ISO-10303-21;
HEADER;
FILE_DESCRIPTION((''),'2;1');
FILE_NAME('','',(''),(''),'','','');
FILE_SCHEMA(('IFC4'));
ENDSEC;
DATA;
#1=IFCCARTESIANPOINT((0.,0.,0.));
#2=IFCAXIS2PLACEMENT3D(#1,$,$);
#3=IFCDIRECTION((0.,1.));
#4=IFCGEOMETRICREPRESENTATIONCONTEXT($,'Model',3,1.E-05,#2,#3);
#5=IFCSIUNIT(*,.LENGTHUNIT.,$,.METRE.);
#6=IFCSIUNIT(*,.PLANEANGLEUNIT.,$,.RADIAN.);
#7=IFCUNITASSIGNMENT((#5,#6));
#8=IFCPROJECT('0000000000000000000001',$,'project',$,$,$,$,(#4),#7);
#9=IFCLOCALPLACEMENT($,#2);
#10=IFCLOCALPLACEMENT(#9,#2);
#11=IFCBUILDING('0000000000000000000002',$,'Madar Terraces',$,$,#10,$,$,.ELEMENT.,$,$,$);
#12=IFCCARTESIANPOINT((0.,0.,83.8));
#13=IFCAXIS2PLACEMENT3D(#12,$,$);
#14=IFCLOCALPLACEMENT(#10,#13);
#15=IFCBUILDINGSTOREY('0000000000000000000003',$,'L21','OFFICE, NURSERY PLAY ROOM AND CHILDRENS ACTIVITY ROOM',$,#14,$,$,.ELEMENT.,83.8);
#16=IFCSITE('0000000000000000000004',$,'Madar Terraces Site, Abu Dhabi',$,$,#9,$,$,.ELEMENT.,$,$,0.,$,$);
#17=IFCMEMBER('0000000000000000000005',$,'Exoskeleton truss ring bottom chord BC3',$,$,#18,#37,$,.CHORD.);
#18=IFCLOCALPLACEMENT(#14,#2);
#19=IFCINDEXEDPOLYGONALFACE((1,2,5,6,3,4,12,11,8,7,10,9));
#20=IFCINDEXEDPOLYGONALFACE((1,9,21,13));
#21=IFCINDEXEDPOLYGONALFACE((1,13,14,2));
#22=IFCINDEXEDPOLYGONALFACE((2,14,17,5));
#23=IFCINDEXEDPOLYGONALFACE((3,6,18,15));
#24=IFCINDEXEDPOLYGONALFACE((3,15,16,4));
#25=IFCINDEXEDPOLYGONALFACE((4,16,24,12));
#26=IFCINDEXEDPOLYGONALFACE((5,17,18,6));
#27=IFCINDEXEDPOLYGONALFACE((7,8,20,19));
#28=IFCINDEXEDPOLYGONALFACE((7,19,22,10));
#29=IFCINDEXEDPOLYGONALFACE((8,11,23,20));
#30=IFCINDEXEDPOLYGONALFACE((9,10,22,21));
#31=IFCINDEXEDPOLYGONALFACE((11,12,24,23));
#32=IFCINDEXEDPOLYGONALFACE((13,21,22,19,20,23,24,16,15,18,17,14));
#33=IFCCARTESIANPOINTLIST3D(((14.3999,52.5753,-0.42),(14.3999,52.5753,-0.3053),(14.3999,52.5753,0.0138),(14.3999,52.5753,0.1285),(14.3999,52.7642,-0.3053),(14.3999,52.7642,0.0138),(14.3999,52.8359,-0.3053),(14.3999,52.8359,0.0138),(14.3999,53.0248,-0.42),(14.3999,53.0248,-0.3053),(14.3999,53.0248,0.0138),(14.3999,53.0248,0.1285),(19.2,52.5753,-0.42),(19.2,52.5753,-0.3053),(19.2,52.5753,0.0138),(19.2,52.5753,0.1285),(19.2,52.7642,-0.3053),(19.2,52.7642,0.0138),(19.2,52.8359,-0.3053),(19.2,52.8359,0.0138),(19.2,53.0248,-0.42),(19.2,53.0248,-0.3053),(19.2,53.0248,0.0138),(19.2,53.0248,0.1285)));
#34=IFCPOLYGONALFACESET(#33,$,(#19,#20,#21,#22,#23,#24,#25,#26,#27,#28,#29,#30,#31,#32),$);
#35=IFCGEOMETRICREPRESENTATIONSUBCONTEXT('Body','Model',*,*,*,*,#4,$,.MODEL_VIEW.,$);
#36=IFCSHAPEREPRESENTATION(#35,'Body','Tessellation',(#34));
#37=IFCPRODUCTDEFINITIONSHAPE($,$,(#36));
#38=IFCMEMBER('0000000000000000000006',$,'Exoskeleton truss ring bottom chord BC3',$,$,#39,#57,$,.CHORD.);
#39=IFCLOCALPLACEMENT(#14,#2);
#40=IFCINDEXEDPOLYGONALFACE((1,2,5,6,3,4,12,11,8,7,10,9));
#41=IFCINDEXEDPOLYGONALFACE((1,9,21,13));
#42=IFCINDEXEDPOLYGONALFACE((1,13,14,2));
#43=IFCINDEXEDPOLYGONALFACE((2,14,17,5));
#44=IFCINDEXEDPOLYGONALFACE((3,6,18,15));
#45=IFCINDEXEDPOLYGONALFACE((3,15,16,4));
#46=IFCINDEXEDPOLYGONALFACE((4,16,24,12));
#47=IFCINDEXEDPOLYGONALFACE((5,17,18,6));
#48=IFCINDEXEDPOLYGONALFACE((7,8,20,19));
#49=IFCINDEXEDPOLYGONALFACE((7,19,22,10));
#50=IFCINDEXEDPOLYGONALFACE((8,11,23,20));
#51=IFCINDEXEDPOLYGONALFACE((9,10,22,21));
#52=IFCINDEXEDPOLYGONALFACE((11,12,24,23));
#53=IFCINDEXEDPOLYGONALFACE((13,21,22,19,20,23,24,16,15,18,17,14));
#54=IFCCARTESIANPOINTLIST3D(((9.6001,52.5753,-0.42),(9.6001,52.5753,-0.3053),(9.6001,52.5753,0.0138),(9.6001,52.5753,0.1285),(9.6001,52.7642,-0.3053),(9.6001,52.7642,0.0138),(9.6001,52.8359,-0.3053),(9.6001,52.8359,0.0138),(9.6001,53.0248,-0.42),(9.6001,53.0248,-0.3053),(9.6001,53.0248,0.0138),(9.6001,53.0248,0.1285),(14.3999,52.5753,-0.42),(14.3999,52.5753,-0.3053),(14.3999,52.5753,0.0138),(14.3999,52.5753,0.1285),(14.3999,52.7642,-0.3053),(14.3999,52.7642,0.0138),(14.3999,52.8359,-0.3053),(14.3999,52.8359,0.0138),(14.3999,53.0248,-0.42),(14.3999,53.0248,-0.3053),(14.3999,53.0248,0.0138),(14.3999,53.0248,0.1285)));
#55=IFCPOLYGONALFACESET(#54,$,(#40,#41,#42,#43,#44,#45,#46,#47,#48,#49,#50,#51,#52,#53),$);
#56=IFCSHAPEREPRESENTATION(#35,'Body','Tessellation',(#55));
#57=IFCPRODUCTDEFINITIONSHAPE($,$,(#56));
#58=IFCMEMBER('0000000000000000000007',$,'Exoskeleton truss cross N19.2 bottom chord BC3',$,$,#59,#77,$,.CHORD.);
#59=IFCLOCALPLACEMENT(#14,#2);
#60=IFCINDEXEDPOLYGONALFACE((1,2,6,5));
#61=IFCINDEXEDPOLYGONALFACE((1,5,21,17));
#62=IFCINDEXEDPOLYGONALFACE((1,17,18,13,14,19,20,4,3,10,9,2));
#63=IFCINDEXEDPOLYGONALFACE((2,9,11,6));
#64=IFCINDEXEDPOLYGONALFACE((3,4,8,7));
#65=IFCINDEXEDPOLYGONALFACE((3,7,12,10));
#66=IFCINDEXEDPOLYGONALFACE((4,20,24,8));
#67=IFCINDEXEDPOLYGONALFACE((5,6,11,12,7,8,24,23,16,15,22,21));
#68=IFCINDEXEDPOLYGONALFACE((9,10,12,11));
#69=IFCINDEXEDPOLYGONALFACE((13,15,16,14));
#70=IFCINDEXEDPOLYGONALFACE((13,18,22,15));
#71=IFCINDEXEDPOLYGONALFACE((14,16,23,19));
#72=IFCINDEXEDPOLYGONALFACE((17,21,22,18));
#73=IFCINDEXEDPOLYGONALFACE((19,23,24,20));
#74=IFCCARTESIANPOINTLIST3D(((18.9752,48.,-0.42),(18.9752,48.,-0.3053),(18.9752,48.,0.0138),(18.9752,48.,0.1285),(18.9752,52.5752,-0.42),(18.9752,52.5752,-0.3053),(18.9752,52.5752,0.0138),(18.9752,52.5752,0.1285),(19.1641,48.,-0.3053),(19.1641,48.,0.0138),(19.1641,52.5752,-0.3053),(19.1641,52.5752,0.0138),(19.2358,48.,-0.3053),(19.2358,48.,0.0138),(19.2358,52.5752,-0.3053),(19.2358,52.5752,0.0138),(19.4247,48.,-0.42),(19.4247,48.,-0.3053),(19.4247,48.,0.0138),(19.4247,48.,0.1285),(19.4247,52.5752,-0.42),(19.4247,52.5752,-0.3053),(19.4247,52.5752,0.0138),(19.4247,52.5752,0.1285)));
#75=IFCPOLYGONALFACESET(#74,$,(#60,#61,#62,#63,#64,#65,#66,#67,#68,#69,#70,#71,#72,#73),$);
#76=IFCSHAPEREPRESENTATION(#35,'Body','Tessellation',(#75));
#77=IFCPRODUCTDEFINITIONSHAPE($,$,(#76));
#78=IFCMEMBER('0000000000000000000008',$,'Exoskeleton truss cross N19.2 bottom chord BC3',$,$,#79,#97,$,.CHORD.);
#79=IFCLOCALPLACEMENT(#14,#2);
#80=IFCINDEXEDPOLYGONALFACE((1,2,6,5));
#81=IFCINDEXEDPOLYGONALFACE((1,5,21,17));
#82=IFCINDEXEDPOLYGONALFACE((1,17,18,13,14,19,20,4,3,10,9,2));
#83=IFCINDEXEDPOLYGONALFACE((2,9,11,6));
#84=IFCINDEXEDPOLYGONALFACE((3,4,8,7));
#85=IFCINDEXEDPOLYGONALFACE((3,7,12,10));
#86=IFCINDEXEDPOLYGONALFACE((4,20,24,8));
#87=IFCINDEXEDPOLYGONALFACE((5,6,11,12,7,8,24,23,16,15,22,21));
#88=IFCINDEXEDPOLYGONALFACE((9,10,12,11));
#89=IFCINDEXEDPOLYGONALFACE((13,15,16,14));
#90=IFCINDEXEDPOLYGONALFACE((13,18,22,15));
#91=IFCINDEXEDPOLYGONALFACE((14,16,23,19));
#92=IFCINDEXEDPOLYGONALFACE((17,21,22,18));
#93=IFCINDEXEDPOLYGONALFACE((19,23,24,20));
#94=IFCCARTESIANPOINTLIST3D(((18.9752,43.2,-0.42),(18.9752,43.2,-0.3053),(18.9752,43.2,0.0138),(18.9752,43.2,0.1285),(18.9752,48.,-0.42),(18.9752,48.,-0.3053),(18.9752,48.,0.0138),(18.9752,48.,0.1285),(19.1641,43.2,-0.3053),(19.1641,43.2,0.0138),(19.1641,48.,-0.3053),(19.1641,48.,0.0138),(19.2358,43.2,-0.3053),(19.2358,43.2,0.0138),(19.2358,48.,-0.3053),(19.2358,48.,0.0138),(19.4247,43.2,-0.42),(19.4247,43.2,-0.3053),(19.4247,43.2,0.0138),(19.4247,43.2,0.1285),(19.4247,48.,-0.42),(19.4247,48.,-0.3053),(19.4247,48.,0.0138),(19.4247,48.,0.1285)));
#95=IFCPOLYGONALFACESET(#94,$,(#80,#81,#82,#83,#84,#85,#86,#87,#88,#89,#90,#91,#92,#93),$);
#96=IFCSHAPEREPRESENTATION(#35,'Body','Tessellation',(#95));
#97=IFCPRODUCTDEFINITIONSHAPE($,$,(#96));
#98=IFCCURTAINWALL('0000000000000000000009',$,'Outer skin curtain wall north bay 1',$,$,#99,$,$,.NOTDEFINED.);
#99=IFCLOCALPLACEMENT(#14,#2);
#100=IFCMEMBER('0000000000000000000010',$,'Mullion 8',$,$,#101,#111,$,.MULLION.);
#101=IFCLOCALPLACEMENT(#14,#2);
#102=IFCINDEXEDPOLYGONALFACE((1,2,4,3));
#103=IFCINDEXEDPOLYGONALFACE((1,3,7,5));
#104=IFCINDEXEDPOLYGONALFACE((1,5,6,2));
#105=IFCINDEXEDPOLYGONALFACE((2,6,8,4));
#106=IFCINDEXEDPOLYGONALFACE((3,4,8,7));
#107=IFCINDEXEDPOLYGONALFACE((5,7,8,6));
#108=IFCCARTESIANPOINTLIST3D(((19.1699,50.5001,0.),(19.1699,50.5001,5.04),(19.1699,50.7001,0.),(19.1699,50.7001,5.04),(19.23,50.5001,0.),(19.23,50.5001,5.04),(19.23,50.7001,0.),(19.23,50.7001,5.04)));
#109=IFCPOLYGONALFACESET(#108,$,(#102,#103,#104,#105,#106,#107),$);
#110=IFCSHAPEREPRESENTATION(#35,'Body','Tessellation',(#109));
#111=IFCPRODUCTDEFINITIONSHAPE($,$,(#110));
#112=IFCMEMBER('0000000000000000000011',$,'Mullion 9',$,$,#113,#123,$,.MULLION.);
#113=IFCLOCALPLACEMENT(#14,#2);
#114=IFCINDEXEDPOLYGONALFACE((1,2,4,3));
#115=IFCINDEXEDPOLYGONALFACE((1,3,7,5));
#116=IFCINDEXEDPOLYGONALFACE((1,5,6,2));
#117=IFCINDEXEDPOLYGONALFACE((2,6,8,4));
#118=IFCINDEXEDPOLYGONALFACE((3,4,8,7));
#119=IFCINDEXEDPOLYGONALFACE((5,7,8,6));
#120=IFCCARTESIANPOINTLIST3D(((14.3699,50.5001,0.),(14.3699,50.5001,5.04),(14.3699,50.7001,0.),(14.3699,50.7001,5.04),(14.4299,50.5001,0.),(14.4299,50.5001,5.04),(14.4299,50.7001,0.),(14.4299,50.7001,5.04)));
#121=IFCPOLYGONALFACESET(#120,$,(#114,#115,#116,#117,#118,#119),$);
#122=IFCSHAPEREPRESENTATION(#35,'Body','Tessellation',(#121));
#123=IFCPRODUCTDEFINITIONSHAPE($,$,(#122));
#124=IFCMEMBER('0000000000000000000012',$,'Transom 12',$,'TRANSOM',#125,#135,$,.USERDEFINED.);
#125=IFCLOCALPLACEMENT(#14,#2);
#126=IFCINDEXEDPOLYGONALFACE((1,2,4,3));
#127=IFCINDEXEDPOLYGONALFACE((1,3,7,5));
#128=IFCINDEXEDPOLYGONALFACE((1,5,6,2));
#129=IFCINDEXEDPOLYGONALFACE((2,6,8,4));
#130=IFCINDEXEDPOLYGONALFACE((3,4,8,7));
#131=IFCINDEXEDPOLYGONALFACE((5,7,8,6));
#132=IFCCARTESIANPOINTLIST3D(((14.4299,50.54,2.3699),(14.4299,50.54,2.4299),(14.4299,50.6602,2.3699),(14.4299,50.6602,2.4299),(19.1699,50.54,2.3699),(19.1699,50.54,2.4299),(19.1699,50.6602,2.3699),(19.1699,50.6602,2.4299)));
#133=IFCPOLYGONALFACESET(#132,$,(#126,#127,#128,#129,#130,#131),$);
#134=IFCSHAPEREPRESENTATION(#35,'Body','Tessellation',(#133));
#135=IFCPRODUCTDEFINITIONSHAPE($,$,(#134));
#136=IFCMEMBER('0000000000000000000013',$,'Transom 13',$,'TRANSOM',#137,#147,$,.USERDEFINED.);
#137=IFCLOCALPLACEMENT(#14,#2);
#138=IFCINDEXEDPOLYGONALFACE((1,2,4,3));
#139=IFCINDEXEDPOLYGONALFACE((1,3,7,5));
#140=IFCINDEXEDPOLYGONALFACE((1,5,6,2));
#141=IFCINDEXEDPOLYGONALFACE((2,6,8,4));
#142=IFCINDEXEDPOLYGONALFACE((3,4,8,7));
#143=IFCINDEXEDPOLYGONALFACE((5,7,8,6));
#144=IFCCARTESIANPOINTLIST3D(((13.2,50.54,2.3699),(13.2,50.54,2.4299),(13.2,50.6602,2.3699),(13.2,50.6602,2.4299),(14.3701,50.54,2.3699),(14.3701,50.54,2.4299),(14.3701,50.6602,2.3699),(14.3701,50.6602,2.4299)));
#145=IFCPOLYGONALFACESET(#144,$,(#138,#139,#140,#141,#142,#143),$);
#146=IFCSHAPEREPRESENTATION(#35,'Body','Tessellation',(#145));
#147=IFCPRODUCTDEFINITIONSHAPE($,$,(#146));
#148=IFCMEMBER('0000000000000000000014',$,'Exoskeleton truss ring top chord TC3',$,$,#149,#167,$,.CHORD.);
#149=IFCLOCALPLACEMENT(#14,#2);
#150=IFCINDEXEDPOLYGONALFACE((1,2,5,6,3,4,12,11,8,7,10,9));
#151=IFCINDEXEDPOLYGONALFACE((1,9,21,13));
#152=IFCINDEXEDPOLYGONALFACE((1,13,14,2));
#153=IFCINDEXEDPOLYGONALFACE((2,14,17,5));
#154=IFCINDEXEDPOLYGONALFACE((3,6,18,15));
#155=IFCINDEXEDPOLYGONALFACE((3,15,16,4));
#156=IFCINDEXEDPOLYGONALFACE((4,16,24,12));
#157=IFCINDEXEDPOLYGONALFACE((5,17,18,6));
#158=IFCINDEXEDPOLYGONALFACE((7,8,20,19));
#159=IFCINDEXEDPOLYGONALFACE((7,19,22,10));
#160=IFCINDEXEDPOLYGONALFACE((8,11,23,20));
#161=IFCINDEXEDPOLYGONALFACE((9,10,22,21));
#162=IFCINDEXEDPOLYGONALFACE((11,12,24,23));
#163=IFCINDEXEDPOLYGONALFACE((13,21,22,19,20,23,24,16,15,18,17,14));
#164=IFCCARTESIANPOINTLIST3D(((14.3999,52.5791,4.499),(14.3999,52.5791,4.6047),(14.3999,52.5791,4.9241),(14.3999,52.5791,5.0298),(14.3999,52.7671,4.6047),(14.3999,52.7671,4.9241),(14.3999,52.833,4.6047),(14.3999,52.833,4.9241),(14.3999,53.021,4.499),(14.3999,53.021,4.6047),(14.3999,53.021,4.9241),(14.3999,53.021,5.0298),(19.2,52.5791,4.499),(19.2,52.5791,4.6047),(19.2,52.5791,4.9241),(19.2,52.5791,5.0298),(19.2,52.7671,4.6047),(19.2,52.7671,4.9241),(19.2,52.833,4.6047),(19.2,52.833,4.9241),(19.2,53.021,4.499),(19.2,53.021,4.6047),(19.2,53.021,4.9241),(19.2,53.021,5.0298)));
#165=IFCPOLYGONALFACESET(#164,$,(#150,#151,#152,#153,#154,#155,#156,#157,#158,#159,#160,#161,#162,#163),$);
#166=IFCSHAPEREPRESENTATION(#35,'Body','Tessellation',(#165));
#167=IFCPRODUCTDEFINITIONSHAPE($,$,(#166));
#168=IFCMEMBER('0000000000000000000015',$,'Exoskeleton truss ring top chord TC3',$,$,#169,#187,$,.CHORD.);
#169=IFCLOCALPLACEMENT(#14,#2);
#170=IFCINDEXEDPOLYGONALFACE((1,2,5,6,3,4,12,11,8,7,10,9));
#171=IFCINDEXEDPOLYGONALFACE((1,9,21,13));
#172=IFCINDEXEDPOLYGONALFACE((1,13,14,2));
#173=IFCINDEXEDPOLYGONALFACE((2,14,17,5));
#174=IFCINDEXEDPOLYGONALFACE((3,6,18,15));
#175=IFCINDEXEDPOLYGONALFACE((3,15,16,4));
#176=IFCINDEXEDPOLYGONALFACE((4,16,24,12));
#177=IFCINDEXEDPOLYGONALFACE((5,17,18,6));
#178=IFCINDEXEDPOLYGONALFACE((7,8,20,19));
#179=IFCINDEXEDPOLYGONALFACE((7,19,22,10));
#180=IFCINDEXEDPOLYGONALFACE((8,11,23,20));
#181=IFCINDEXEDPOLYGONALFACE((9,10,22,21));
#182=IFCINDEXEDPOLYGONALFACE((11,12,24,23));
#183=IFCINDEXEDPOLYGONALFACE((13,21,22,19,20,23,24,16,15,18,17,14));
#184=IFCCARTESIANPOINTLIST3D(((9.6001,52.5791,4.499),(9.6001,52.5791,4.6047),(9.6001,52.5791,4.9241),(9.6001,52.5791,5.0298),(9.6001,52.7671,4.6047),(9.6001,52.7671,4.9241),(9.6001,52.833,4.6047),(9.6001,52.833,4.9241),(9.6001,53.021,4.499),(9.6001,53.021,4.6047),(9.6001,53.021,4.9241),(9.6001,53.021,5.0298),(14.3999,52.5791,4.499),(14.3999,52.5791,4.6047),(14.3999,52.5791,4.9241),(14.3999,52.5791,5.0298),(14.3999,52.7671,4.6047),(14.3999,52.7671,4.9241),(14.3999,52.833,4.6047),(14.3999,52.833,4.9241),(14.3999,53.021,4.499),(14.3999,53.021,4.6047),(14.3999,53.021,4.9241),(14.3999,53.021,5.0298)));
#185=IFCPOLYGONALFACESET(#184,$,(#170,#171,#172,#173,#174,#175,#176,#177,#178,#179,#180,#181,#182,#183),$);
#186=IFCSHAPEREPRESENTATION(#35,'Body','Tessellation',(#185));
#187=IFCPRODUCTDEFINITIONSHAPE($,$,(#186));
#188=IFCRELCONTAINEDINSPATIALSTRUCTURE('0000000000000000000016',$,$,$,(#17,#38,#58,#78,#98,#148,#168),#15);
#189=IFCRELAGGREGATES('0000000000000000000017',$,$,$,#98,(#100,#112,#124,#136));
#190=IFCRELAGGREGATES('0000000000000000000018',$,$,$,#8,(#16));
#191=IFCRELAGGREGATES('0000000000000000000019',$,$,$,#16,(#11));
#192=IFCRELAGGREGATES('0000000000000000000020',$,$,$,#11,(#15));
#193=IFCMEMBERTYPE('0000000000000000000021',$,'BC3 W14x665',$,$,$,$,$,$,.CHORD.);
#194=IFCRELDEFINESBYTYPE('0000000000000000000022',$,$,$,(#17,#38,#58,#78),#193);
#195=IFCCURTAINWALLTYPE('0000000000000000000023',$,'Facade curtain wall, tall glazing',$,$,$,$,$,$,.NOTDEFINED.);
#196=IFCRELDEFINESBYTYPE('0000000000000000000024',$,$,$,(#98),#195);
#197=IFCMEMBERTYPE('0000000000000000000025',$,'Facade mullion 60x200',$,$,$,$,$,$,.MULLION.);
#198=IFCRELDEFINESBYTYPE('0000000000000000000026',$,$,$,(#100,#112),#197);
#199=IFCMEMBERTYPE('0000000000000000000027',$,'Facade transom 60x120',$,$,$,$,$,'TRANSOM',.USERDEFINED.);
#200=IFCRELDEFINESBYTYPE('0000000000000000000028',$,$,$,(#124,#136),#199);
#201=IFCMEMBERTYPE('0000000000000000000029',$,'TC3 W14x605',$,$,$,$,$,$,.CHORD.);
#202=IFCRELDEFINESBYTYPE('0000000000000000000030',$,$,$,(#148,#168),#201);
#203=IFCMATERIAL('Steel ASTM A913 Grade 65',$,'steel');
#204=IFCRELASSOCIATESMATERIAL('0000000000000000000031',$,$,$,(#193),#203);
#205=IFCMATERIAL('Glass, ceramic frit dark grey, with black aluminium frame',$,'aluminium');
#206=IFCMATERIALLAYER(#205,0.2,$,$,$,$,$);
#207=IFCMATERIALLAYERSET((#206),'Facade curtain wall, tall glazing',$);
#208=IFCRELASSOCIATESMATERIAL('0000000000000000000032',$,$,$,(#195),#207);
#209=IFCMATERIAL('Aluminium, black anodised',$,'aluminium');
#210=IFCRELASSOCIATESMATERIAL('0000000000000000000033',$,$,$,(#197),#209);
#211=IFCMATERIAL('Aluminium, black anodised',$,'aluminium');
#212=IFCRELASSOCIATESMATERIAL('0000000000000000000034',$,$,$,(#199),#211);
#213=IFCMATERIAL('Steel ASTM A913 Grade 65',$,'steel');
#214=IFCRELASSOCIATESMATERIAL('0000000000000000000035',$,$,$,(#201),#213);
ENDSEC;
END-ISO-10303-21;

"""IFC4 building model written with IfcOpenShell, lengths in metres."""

from ifc_helpers import new_model, si_unit, direction, frame, origin, origin_2d, place, context, subcontext, project, spatial, rectangle, i_section, extrude, material, layer, layer_set, material_profile, profile_set, type_object, element, aggregate, save


model = new_model("IFC4")

# Units and contexts
model_context = context("Model", 3, precision=1e-05, world=origin(), true_north=direction((0.0, 1.0)))
body_context = subcontext(model_context, "Body", "Model", "MODEL_VIEW")
ifc_project = project(units=[si_unit("LENGTHUNIT", "METRE"), si_unit("PLANEANGLEUNIT", "RADIAN")], contexts=[model_context])

# Site, building, storey
site_placement = place(None, origin())
site = spatial("IfcSite", under=ifc_project, at=site_placement, Name="Madar Terraces Site, Abu Dhabi", CompositionType="ELEMENT", RefElevation=0.0)
building_placement = place(site_placement, origin())
building = spatial("IfcBuilding", under=site, at=building_placement, Name="Madar Terraces", CompositionType="ELEMENT")
storey_placement = place(building_placement, frame((0.0, 0.0, 83.8)))
storey = spatial("IfcBuildingStorey", under=building, at=storey_placement, Name="L21", Description="OFFICE, NURSERY PLAY ROOM AND CHILDRENS ACTIVITY ROOM", CompositionType="ELEMENT", Elevation=83.8)

# Members
ifc_material_1 = material(Name="Steel ASTM A913 Grade 65", Category="steel")
ifc_material_profile_1 = material_profile(ifc_material_1, i_section(OverallWidth=0.4495, OverallDepth=0.5486, WebThickness=0.0718, FlangeThickness=0.1147, at=origin_2d()), Name="W14x665")
ifc_profile_set_1 = profile_set([ifc_material_profile_1], Name="Steel ASTM A913 Grade 65")
member_type_1 = type_object("IfcMemberType", Name="BC3 W14x665", PredefinedType="CHORD", material=ifc_profile_set_1)
member_1_placement = place(storey_placement, frame((19.2, 52.8, -0.1458), z_axis=(-1.0, 0.0, 0.0), x_axis=(0.0, -1.0, 0.0)))
element("IfcMember", 1, at=member_1_placement, inside=storey, type_object=member_type_1, Name="Exoskeleton truss ring bottom chord BC3", PredefinedType="CHORD", context=body_context, shape_type="SweptSolid", body=[
    extrude(i_section(OverallWidth=0.4495, OverallDepth=0.5486, WebThickness=0.0718, FlangeThickness=0.1147, at=origin_2d()), origin(), (0.0, 0.0, 1.0), 4.8),
])
member_2_placement = place(storey_placement, frame((14.3999, 52.8, -0.1458), z_axis=(-1.0, 0.0, 0.0), x_axis=(0.0, -1.0, 0.0)))
element("IfcMember", 2, at=member_2_placement, inside=storey, type_object=member_type_1, Name="Exoskeleton truss ring bottom chord BC3", PredefinedType="CHORD", context=body_context, shape_type="SweptSolid", body=[
    extrude(i_section(OverallWidth=0.4495, OverallDepth=0.5486, WebThickness=0.0718, FlangeThickness=0.1147, at=origin_2d()), origin(), (0.0, 0.0, 1.0), 4.7998),
])
member_3_placement = place(storey_placement, frame((19.2, 52.5752, -0.1458), z_axis=(0.0, -1.0, 0.0), x_axis=(1.0, 0.0, 0.0)))
element("IfcMember", 3, at=member_3_placement, inside=storey, type_object=member_type_1, Name="Exoskeleton truss cross N19.2 bottom chord BC3", PredefinedType="CHORD", context=body_context, shape_type="SweptSolid", body=[
    extrude(i_section(OverallWidth=0.4495, OverallDepth=0.5486, WebThickness=0.0718, FlangeThickness=0.1147, at=origin_2d()), origin(), (0.0, 0.0, 1.0), 4.5752),
])
member_4_placement = place(storey_placement, frame((19.2, 48.0, -0.1458), z_axis=(0.0, -1.0, 0.0), x_axis=(1.0, 0.0, 0.0)))
element("IfcMember", 4, at=member_4_placement, inside=storey, type_object=member_type_1, Name="Exoskeleton truss cross N19.2 bottom chord BC3", PredefinedType="CHORD", context=body_context, shape_type="SweptSolid", body=[
    extrude(i_section(OverallWidth=0.4495, OverallDepth=0.5486, WebThickness=0.0718, FlangeThickness=0.1147, at=origin_2d()), origin(), (0.0, 0.0, 1.0), 4.8),
])

# Curtain wall, members
ifc_material_2 = material(Name="Glass, ceramic frit dark grey, with black aluminium frame", Category="aluminium")
ifc_layer_1 = layer(ifc_material_2, 0.2)
ifc_layer_set_1 = layer_set([ifc_layer_1], Name="Facade curtain wall, tall glazing")
curtain_wall_type = type_object("IfcCurtainWallType", Name="Facade curtain wall, tall glazing", PredefinedType="NOTDEFINED", material=ifc_layer_set_1)
curtain_wall_placement = place(storey_placement, origin())
curtain_wall = element("IfcCurtainWall", 5, at=curtain_wall_placement, inside=storey, type_object=curtain_wall_type, Name="Outer skin curtain wall north bay 1", PredefinedType="NOTDEFINED")
ifc_material_3 = material(Name="Aluminium, black anodised", Category="aluminium")
ifc_material_profile_2 = material_profile(ifc_material_3, rectangle(XDim=0.2, YDim=0.0601, at=origin_2d()), Name="Facade mullion 60x200")
ifc_profile_set_2 = profile_set([ifc_material_profile_2], Name="Aluminium, black anodised")
member_type_2 = type_object("IfcMemberType", Name="Facade mullion 60x200", PredefinedType="MULLION", material=ifc_profile_set_2)
member_5_placement = place(storey_placement, frame((19.2, 50.6001, 0.0), z_axis=(0.0, 0.0, 1.0), x_axis=(0.0, -1.0, 0.0)))
member_5 = element("IfcMember", 6, at=member_5_placement, type_object=member_type_2, Name="Mullion 8", PredefinedType="MULLION", context=body_context, shape_type="SweptSolid", body=[
    extrude(rectangle(XDim=0.2, YDim=0.0601, at=origin_2d()), origin(), (0.0, 0.0, 1.0), 5.04),
])
member_6_placement = place(storey_placement, frame((14.3999, 50.6001, 0.0), z_axis=(0.0, 0.0, 1.0), x_axis=(0.0, -1.0, 0.0)))
member_6 = element("IfcMember", 7, at=member_6_placement, type_object=member_type_2, Name="Mullion 9", PredefinedType="MULLION", context=body_context, shape_type="SweptSolid", body=[
    extrude(rectangle(XDim=0.2, YDim=0.0601, at=origin_2d()), origin(), (0.0, 0.0, 1.0), 5.04),
])
ifc_material_4 = material(Name="Aluminium, black anodised", Category="aluminium")
ifc_material_profile_3 = material_profile(ifc_material_4, rectangle(XDim=0.1201, YDim=0.0601, at=origin_2d()), Name="Facade transom 60x120")
ifc_profile_set_3 = profile_set([ifc_material_profile_3], Name="Aluminium, black anodised")
member_type_3 = type_object("IfcMemberType", Name="Facade transom 60x120", ElementType="TRANSOM", PredefinedType="USERDEFINED", material=ifc_profile_set_3)
member_7_placement = place(storey_placement, frame((19.1699, 50.6001, 2.3999), z_axis=(-1.0, 0.0, 0.0), x_axis=(0.0, -1.0, 0.0)))
member_7 = element("IfcMember", 8, at=member_7_placement, type_object=member_type_3, Name="Transom 12", ObjectType="TRANSOM", PredefinedType="USERDEFINED", context=body_context, shape_type="SweptSolid", body=[
    extrude(rectangle(XDim=0.1201, YDim=0.0601, at=origin_2d()), origin(), (0.0, 0.0, 1.0), 4.74),
])
member_8_placement = place(storey_placement, frame((14.3701, 50.6001, 2.3999), z_axis=(-1.0, 0.0, 0.0), x_axis=(0.0, -1.0, 0.0)))
member_8 = element("IfcMember", 9, at=member_8_placement, type_object=member_type_3, Name="Transom 13", ObjectType="TRANSOM", PredefinedType="USERDEFINED", context=body_context, shape_type="SweptSolid", body=[
    extrude(rectangle(XDim=0.1201, YDim=0.0601, at=origin_2d()), origin(), (0.0, 0.0, 1.0), 1.1702),
])

# Members
ifc_material_5 = material(Name="Steel ASTM A913 Grade 65", Category="steel")
ifc_material_profile_4 = material_profile(ifc_material_5, i_section(OverallWidth=0.4419, OverallDepth=0.5308, WebThickness=0.0659, FlangeThickness=0.1057, at=origin_2d()), Name="W14x605")
ifc_profile_set_4 = profile_set([ifc_material_profile_4], Name="Steel ASTM A913 Grade 65")
member_type_4 = type_object("IfcMemberType", Name="TC3 W14x605", PredefinedType="CHORD", material=ifc_profile_set_4)
member_9_placement = place(storey_placement, frame((19.2, 52.8, 4.7644), z_axis=(-1.0, 0.0, 0.0), x_axis=(0.0, -1.0, 0.0)))
element("IfcMember", 10, at=member_9_placement, inside=storey, type_object=member_type_4, Name="Exoskeleton truss ring top chord TC3", PredefinedType="CHORD", context=body_context, shape_type="SweptSolid", body=[
    extrude(i_section(OverallWidth=0.4419, OverallDepth=0.5308, WebThickness=0.0659, FlangeThickness=0.1057, at=origin_2d()), origin(), (0.0, 0.0, 1.0), 4.8),
])
member_10_placement = place(storey_placement, frame((14.3999, 52.8, 4.7644), z_axis=(-1.0, 0.0, 0.0), x_axis=(0.0, -1.0, 0.0)))
element("IfcMember", 11, at=member_10_placement, inside=storey, type_object=member_type_4, Name="Exoskeleton truss ring top chord TC3", PredefinedType="CHORD", context=body_context, shape_type="SweptSolid", body=[
    extrude(i_section(OverallWidth=0.4419, OverallDepth=0.5308, WebThickness=0.0659, FlangeThickness=0.1057, at=origin_2d()), origin(), (0.0, 0.0, 1.0), 4.7998),
])

aggregate(curtain_wall, [member_5, member_6, member_7, member_8])

save(model, "model.ifc")
